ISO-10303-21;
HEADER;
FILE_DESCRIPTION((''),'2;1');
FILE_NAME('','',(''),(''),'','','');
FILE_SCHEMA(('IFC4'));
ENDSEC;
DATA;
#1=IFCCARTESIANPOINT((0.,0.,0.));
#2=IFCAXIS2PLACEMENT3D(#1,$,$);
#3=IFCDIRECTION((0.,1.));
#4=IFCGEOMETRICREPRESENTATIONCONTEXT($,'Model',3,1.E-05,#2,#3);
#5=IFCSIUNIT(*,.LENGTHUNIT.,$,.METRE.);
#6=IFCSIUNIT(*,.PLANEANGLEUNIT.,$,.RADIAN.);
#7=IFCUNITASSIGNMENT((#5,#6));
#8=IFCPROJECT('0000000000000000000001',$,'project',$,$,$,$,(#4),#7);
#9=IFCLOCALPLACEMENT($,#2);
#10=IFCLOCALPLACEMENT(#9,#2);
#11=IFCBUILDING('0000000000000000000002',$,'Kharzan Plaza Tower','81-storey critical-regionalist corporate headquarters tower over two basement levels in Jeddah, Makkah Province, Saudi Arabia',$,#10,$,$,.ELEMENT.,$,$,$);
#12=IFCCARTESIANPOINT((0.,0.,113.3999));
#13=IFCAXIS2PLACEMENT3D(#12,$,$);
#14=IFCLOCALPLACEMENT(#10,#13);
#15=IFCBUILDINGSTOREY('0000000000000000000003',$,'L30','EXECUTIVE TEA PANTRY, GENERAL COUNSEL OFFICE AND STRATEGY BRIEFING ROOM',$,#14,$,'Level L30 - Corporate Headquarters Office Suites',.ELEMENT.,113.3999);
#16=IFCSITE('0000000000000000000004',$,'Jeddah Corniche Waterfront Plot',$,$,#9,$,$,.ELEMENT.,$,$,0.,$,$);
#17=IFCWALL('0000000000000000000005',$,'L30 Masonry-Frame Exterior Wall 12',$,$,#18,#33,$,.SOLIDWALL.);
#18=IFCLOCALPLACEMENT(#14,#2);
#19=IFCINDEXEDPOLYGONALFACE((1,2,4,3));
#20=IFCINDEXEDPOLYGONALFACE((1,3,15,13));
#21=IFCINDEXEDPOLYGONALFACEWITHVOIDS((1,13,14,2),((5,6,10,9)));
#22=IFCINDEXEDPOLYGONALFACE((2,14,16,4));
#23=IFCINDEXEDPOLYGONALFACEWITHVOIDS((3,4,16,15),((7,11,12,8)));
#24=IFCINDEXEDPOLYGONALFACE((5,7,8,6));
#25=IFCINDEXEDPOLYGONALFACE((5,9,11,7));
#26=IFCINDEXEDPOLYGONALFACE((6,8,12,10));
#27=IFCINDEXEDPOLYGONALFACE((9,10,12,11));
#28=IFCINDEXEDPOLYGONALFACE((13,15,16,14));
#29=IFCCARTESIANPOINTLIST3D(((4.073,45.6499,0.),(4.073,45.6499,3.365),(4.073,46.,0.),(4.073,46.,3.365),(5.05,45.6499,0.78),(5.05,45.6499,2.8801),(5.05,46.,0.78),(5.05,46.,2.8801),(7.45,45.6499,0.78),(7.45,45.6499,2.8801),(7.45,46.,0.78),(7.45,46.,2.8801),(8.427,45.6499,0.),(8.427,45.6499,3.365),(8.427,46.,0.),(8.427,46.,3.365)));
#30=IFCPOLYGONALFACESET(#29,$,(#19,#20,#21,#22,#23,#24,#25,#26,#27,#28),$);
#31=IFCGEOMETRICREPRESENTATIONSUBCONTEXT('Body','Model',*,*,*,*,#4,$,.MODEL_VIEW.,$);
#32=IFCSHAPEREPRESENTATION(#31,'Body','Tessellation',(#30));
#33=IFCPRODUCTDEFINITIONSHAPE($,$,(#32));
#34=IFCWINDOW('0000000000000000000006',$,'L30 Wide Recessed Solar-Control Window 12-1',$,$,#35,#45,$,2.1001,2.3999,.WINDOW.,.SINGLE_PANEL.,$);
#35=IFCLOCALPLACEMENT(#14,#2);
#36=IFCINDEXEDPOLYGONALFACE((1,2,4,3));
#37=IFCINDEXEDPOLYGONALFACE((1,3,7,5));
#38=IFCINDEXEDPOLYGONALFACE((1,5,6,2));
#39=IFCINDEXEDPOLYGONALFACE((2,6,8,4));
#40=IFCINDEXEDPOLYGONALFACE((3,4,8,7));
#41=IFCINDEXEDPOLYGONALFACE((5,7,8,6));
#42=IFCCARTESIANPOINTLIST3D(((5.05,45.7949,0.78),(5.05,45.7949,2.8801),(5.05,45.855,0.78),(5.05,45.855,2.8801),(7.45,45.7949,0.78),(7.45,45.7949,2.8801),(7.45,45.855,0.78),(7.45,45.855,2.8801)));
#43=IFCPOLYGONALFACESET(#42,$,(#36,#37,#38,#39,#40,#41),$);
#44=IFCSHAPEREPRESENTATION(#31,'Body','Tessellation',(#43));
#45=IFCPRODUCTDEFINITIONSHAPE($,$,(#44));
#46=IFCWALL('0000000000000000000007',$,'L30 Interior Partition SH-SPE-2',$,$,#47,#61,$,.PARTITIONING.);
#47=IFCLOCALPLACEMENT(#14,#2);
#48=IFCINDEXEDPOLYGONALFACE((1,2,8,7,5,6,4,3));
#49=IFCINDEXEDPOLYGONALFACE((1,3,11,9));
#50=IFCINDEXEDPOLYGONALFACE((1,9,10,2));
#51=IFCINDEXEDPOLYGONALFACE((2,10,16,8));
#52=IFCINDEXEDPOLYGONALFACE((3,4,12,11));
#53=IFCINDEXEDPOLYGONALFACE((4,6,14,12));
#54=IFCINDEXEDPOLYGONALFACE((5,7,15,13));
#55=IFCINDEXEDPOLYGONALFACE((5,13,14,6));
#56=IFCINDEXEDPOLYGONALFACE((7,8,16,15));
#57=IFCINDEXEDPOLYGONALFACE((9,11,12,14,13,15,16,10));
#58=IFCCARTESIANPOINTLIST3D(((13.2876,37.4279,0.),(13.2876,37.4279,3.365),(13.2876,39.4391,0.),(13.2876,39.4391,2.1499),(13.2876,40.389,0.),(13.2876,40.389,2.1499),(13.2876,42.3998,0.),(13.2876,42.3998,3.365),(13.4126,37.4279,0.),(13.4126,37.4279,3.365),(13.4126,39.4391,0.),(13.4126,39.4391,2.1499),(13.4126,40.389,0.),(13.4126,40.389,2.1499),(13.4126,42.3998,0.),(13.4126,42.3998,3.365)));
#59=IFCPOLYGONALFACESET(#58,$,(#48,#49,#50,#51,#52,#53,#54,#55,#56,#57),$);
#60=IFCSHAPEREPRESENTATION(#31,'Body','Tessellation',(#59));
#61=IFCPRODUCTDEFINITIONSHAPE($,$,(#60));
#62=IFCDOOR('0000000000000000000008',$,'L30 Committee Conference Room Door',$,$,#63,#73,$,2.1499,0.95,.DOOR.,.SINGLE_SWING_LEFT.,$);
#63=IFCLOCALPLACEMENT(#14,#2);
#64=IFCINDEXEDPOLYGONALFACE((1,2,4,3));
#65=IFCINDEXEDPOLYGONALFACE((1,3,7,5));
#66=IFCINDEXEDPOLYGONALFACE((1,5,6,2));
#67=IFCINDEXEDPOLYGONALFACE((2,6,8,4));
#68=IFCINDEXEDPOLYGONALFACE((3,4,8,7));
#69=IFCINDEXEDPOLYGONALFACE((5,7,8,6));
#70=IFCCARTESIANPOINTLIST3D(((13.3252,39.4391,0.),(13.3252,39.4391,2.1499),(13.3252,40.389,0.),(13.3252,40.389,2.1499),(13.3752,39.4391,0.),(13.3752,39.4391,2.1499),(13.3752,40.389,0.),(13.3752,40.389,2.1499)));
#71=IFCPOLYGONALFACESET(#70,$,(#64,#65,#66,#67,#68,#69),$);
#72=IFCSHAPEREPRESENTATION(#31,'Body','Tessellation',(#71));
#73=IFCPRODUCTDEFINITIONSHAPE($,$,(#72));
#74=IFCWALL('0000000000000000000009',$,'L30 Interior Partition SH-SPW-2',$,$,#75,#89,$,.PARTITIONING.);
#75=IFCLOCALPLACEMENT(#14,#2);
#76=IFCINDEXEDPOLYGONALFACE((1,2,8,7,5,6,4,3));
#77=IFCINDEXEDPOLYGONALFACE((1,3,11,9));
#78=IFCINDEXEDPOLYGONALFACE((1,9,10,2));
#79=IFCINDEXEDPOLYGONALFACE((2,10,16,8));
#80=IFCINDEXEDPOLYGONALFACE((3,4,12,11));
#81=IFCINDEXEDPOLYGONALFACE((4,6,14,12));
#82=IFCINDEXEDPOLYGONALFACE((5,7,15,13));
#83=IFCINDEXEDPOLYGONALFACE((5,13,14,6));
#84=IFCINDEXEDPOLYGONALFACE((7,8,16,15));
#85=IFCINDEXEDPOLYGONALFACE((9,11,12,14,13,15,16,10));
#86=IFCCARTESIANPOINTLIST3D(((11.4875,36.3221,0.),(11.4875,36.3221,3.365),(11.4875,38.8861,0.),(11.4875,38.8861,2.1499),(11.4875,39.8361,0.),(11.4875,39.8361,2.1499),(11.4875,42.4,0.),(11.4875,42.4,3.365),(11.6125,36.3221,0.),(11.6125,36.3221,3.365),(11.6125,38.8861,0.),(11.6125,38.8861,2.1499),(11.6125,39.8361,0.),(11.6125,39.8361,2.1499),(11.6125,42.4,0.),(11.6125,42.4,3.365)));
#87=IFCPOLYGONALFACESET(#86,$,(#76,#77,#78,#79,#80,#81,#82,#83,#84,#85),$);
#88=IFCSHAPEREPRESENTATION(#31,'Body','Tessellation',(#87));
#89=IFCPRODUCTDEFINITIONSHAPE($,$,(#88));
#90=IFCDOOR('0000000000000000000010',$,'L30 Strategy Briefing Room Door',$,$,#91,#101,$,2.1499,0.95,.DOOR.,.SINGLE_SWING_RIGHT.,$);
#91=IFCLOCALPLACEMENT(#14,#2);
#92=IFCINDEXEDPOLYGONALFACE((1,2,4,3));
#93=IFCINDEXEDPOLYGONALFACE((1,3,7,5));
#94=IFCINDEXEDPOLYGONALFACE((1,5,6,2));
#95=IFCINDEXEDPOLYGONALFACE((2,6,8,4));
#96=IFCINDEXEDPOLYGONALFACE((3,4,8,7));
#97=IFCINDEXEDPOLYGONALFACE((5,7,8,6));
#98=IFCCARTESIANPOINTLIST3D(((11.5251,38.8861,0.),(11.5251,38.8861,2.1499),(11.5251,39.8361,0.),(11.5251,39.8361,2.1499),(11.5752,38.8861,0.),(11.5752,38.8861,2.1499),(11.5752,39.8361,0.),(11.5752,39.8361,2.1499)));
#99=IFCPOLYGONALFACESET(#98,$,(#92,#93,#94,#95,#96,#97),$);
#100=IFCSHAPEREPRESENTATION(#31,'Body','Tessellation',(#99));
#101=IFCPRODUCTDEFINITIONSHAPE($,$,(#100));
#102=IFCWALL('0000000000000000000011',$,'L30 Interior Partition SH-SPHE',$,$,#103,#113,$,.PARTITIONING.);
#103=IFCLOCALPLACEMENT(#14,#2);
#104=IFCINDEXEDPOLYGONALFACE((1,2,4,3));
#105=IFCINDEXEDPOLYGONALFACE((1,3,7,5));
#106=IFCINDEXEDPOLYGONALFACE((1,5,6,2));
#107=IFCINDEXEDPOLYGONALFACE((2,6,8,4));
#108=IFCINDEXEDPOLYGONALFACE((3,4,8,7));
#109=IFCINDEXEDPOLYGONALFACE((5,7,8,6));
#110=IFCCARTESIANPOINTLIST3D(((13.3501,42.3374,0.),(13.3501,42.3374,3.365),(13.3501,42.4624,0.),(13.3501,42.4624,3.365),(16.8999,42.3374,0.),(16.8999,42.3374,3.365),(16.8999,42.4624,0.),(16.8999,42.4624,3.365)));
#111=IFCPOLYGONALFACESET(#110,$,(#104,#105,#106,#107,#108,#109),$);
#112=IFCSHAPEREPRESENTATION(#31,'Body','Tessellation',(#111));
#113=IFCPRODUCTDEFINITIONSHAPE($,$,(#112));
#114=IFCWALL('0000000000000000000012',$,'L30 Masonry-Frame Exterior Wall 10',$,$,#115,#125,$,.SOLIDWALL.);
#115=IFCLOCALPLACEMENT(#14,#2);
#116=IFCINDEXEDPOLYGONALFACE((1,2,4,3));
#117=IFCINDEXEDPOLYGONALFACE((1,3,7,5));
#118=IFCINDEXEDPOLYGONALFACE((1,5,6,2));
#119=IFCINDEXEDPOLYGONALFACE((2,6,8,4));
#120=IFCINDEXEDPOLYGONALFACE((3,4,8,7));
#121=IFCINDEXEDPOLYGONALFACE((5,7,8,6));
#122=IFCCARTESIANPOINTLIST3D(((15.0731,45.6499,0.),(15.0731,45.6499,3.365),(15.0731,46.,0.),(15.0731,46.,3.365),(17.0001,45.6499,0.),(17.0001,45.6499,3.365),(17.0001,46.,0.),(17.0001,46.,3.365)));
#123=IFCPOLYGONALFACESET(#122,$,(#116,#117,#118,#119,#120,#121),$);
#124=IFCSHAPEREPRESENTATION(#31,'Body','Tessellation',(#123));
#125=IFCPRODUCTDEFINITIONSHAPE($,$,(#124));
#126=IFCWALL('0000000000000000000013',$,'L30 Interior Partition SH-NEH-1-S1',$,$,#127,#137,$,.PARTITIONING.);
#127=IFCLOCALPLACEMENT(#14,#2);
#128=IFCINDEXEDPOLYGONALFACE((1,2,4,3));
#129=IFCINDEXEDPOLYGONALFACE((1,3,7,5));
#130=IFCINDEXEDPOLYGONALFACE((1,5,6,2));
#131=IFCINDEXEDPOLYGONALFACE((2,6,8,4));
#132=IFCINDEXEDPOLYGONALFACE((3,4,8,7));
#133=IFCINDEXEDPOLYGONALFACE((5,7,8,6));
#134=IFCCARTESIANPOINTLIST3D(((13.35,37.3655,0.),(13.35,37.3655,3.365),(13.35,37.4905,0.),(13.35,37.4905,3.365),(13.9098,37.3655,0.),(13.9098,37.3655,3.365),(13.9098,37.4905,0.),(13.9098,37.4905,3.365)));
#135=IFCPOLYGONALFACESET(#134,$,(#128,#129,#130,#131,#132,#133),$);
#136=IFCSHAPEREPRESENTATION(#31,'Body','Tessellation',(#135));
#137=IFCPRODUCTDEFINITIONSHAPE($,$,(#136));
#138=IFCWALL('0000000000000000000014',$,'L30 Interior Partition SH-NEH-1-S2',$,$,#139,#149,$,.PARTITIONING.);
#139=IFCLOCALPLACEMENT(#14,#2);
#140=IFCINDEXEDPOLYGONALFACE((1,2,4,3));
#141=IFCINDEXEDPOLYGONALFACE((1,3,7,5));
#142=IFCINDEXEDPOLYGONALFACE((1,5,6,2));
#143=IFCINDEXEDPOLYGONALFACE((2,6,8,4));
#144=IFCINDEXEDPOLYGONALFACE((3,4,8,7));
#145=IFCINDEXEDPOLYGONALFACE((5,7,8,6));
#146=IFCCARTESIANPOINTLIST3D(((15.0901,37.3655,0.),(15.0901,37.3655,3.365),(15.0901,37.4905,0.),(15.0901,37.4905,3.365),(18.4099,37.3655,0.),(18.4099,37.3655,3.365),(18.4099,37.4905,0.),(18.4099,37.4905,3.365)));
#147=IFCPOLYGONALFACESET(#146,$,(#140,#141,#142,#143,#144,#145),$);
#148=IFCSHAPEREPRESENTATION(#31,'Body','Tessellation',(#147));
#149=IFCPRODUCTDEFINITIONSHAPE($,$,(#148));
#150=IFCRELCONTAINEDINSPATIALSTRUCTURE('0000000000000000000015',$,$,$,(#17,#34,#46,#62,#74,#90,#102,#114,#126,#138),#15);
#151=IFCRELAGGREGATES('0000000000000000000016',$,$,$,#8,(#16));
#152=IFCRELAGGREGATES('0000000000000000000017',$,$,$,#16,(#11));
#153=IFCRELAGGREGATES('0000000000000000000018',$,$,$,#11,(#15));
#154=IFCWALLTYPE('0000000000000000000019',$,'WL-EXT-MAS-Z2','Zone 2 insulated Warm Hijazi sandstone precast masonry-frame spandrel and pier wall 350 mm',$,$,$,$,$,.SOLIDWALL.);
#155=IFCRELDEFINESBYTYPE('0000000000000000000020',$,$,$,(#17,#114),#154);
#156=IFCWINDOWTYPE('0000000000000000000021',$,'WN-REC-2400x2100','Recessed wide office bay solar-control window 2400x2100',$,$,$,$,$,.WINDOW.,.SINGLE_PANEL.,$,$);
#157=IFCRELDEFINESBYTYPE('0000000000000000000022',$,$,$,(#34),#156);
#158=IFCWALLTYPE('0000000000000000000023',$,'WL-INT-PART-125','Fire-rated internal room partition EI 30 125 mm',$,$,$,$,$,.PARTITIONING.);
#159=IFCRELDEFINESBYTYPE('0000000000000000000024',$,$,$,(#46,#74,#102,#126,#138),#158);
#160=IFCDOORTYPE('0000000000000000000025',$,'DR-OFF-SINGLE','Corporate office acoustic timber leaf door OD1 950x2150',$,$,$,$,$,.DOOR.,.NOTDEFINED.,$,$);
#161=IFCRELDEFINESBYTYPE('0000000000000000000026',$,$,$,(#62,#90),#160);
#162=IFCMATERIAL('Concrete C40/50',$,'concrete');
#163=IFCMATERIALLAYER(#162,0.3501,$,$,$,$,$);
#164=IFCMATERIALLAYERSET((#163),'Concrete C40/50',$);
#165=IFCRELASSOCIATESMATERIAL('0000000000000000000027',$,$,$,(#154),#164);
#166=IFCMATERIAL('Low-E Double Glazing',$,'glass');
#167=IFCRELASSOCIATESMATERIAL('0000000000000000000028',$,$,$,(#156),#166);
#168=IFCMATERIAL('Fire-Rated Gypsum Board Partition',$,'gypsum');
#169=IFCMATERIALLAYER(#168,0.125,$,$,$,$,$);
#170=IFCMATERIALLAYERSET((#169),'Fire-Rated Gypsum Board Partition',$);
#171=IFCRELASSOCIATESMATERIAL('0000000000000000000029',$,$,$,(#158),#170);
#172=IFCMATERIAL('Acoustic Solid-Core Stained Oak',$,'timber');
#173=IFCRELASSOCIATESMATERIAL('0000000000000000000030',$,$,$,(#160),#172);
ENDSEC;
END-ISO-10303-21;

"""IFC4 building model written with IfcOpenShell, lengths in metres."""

from ifc_helpers import new_model, si_unit, direction, frame, frame_2d, origin, place, context, subcontext, project, spatial, rectangle, extrude, source, transform, mapped, material, layer, layer_set, type_object, element, fill, save


model = new_model("IFC4")

# Units and contexts
model_context = context("Model", 3, precision=1e-05, world=origin(), true_north=direction((0.0, 1.0)))
body_context = subcontext(model_context, "Body", "Model", "MODEL_VIEW")
ifc_project = project(units=[si_unit("LENGTHUNIT", "METRE"), si_unit("PLANEANGLEUNIT", "RADIAN")], contexts=[model_context])

# Site, building, storey
site_placement = place(None, origin())
site = spatial("IfcSite", under=ifc_project, at=site_placement, Name="Jeddah Corniche Waterfront Plot", CompositionType="ELEMENT", RefElevation=0.0)
building_placement = place(site_placement, origin())
building = spatial("IfcBuilding", under=site, at=building_placement, Name="Kharzan Plaza Tower", Description="81-storey critical-regionalist corporate headquarters tower over two basement levels in Jeddah, Makkah Province, Saudi Arabia", CompositionType="ELEMENT")
storey_placement = place(building_placement, frame((0.0, 0.0, 113.3999)))
storey = spatial("IfcBuildingStorey", under=building, at=storey_placement, Name="L30", Description="EXECUTIVE TEA PANTRY, GENERAL COUNSEL OFFICE AND STRATEGY BRIEFING ROOM", LongName="Level L30 - Corporate Headquarters Office Suites", CompositionType="ELEMENT", Elevation=113.3999)

# Wall, opening, window
ifc_material_1 = material(Name="Concrete C40/50", Category="concrete")
ifc_layer_1 = layer(ifc_material_1, 0.3501)
ifc_layer_set_1 = layer_set([ifc_layer_1], Name="Concrete C40/50")
wall_type_1 = type_object("IfcWallType", Name="WL-EXT-MAS-Z2", Description="Zone 2 insulated Warm Hijazi sandstone precast masonry-frame spandrel and pier wall 350 mm", PredefinedType="SOLIDWALL", material=ifc_layer_set_1)
ifc_material_2 = material(Name="Low-E Double Glazing", Category="glass")
window_type_1 = type_object("IfcWindowType", Name="WN-REC-2400x2100", Description="Recessed wide office bay solar-control window 2400x2100", PartitioningType="SINGLE_PANEL", PredefinedType="WINDOW", material=ifc_material_2)
shared_shape_1 = source(origin(), body_context, "Body", "SweptSolid", [
    extrude(rectangle(XDim=2.3999, YDim=2.1001, at=frame_2d((1.2, 1.05))), frame((0.0, 0.03, 0.0), z_axis=(0.0, -1.0, 0.0), x_axis=(1.0, 0.0, 0.0)), (0.0, 0.0, 1.0), 0.0601),
])
wall_1_placement = place(storey_placement, frame((8.427, 45.825, 0.0), z_axis=(0.0, 0.0, 1.0), x_axis=(-1.0, 0.0, 0.0)))
wall_1 = element("IfcWall", 1, at=wall_1_placement, inside=storey, type_object=wall_type_1, Name="L30 Masonry-Frame Exterior Wall 12", PredefinedType="SOLIDWALL", context=body_context, shape_type="SweptSolid", body=[
    extrude(rectangle(XDim=4.354, YDim=0.3501, at=frame_2d((2.177, 0.0))), origin(), (0.0, 0.0, 1.0), 3.365),
])
opening_1_placement = place(wall_1_placement, frame((0.9771, 0.0, 0.78)))
opening_1 = element("IfcOpeningElement", 2, at=opening_1_placement, cuts=wall_1, PredefinedType="OPENING", context=body_context, shape_type="SweptSolid", body=[
    extrude(rectangle(XDim=2.3999, YDim=2.1001, at=frame_2d((1.2, 1.05))), frame((0.0, 0.1851, 0.0), z_axis=(0.0, -1.0, 0.0), x_axis=(1.0, 0.0, 0.0)), (0.0, 0.0, 1.0), 0.3701),
])
window_1_placement = place(opening_1_placement, origin())
window_1 = element("IfcWindow", 3, at=window_1_placement, inside=storey, type_object=window_type_1, Name="L30 Wide Recessed Solar-Control Window 12-1", OverallHeight=2.1001, OverallWidth=2.3999, PartitioningType="SINGLE_PANEL", PredefinedType="WINDOW", context=body_context, shape_type="MappedRepresentation", body=[
    mapped(shared_shape_1, transform((0.0, 0.0, 0.0), x_axis=(1.0, 0.0, 0.0), y_axis=(0.0, 1.0, 0.0), z_axis=(0.0, 0.0, 1.0))),
])
fill(opening_1, window_1)

# Walls, openings, doors
ifc_material_3 = material(Name="Fire-Rated Gypsum Board Partition", Category="gypsum")
ifc_layer_2 = layer(ifc_material_3, 0.125)
ifc_layer_set_2 = layer_set([ifc_layer_2], Name="Fire-Rated Gypsum Board Partition")
wall_type_2 = type_object("IfcWallType", Name="WL-INT-PART-125", Description="Fire-rated internal room partition EI 30 125 mm", PredefinedType="PARTITIONING", material=ifc_layer_set_2)
wall_2_placement = place(storey_placement, frame((13.3501, 37.428, 0.0), z_axis=(0.0, 0.0, 1.0), x_axis=(0.0, 1.0, 0.0)))
wall_2 = element("IfcWall", 4, at=wall_2_placement, inside=storey, type_object=wall_type_2, Name="L30 Interior Partition SH-SPE-2", PredefinedType="PARTITIONING", context=body_context, shape_type="SweptSolid", body=[
    extrude(rectangle(XDim=4.9719, YDim=0.125, at=frame_2d((2.4858, 0.0))), origin(), (0.0, 0.0, 1.0), 3.365),
])
opening_2_placement = place(wall_2_placement, frame((2.011, 0.0, 0.0)))
opening_2 = element("IfcOpeningElement", 5, at=opening_2_placement, cuts=wall_2, PredefinedType="OPENING", context=body_context, shape_type="SweptSolid", body=[
    extrude(rectangle(XDim=0.95, YDim=2.1499, at=frame_2d((0.4751, 1.075))), frame((0.0, 0.0725, 0.0), z_axis=(0.0, -1.0, 0.0), x_axis=(1.0, 0.0, 0.0)), (0.0, 0.0, 1.0), 0.145),
])
ifc_material_4 = material(Name="Acoustic Solid-Core Stained Oak", Category="timber")
door_type = type_object("IfcDoorType", Name="DR-OFF-SINGLE", Description="Corporate office acoustic timber leaf door OD1 950x2150", OperationType="NOTDEFINED", PredefinedType="DOOR", material=ifc_material_4)
shared_shape_2 = source(origin(), body_context, "Body", "SweptSolid", [
    extrude(rectangle(XDim=0.95, YDim=2.1499, at=frame_2d((0.4751, 1.075))), frame((0.0, 0.0249, 0.0), z_axis=(0.0, -1.0, 0.0), x_axis=(1.0, 0.0, 0.0)), (0.0, 0.0, 1.0), 0.05),
])
door_1_placement = place(opening_2_placement, origin())
door_1 = element("IfcDoor", 6, at=door_1_placement, inside=storey, type_object=door_type, Name="L30 Committee Conference Room Door", OperationType="SINGLE_SWING_LEFT", OverallHeight=2.1499, OverallWidth=0.95, PredefinedType="DOOR", context=body_context, shape_type="MappedRepresentation", body=[
    mapped(shared_shape_2, transform((0.0, 0.0, 0.0), x_axis=(1.0, 0.0, 0.0), y_axis=(0.0, 1.0, 0.0), z_axis=(0.0, 0.0, 1.0))),
])
fill(opening_2, door_1)
wall_3_placement = place(storey_placement, frame((11.55, 36.322, 0.0), z_axis=(0.0, 0.0, 1.0), x_axis=(0.0, 1.0, 0.0)))
wall_3 = element("IfcWall", 7, at=wall_3_placement, inside=storey, type_object=wall_type_2, Name="L30 Interior Partition SH-SPW-2", PredefinedType="PARTITIONING", context=body_context, shape_type="SweptSolid", body=[
    extrude(rectangle(XDim=6.0779, YDim=0.125, at=frame_2d((3.0391, 0.0))), origin(), (0.0, 0.0, 1.0), 3.365),
])
opening_3_placement = place(wall_3_placement, frame((2.564, 0.0, 0.0)))
opening_3 = element("IfcOpeningElement", 8, at=opening_3_placement, cuts=wall_3, PredefinedType="OPENING", context=body_context, shape_type="SweptSolid", body=[
    extrude(rectangle(XDim=0.95, YDim=2.1499, at=frame_2d((0.4751, 1.075))), frame((0.0, 0.0725, 0.0), z_axis=(0.0, -1.0, 0.0), x_axis=(1.0, 0.0, 0.0)), (0.0, 0.0, 1.0), 0.145),
])
door_2_placement = place(opening_3_placement, origin())
door_2 = element("IfcDoor", 9, at=door_2_placement, inside=storey, type_object=door_type, Name="L30 Strategy Briefing Room Door", OperationType="SINGLE_SWING_RIGHT", OverallHeight=2.1499, OverallWidth=0.95, PredefinedType="DOOR", context=body_context, shape_type="MappedRepresentation", body=[
    mapped(shared_shape_2, transform((0.0, 0.0, 0.0), x_axis=(1.0, 0.0, 0.0), y_axis=(0.0, 1.0, 0.0), z_axis=(0.0, 0.0, 1.0))),
])
fill(opening_3, door_2)

# Walls
shared_shape_3 = source(origin(), body_context, "Body", "SweptSolid", [
    extrude(rectangle(XDim=3.5498, YDim=0.125, at=frame_2d((1.7749, 0.0))), origin(), (0.0, 0.0, 1.0), 3.365),
])
wall_4_placement = place(storey_placement, frame((13.3501, 42.3999, 0.0), z_axis=(0.0, 0.0, 1.0), x_axis=(1.0, 0.0, 0.0)))
element("IfcWall", 10, at=wall_4_placement, inside=storey, type_object=wall_type_2, Name="L30 Interior Partition SH-SPHE", PredefinedType="PARTITIONING", context=body_context, shape_type="MappedRepresentation", body=[
    mapped(shared_shape_3, transform((0.0, 0.0, 0.0), x_axis=(1.0, 0.0, 0.0), y_axis=(0.0, 1.0, 0.0), z_axis=(0.0, 0.0, 1.0))),
])
shared_shape_4 = source(origin(), body_context, "Body", "SweptSolid", [
    extrude(rectangle(XDim=1.927, YDim=0.3501, at=frame_2d((0.9634, 0.0))), origin(), (0.0, 0.0, 1.0), 3.365),
])
wall_5_placement = place(storey_placement, frame((17.0, 45.825, 0.0), z_axis=(0.0, 0.0, 1.0), x_axis=(-1.0, 0.0, 0.0)))
element("IfcWall", 11, at=wall_5_placement, inside=storey, type_object=wall_type_1, Name="L30 Masonry-Frame Exterior Wall 10", PredefinedType="SOLIDWALL", context=body_context, shape_type="MappedRepresentation", body=[
    mapped(shared_shape_4, transform((0.0, 0.0, 0.0), x_axis=(1.0, 0.0, 0.0), y_axis=(0.0, 1.0, 0.0), z_axis=(0.0, 0.0, 1.0))),
])
shared_shape_5 = source(origin(), body_context, "Body", "SweptSolid", [
    extrude(rectangle(XDim=0.5598, YDim=0.125, at=frame_2d((0.2798, 0.0))), origin(), (0.0, 0.0, 1.0), 3.365),
])
wall_6_placement = place(storey_placement, frame((13.3501, 37.428, 0.0), z_axis=(0.0, 0.0, 1.0), x_axis=(1.0, 0.0, 0.0)))
element("IfcWall", 12, at=wall_6_placement, inside=storey, type_object=wall_type_2, Name="L30 Interior Partition SH-NEH-1-S1", PredefinedType="PARTITIONING", context=body_context, shape_type="MappedRepresentation", body=[
    mapped(shared_shape_5, transform((0.0, 0.0, 0.0), x_axis=(1.0, 0.0, 0.0), y_axis=(0.0, 1.0, 0.0), z_axis=(0.0, 0.0, 1.0))),
])
shared_shape_6 = source(origin(), body_context, "Body", "SweptSolid", [
    extrude(rectangle(XDim=3.3198, YDim=0.125, at=frame_2d((1.6599, 0.0))), origin(), (0.0, 0.0, 1.0), 3.365),
])
wall_7_placement = place(storey_placement, frame((15.0901, 37.428, 0.0), z_axis=(0.0, 0.0, 1.0), x_axis=(1.0, 0.0, 0.0)))
element("IfcWall", 13, at=wall_7_placement, inside=storey, type_object=wall_type_2, Name="L30 Interior Partition SH-NEH-1-S2", PredefinedType="PARTITIONING", context=body_context, shape_type="MappedRepresentation", body=[
    mapped(shared_shape_6, transform((0.0, 0.0, 0.0), x_axis=(1.0, 0.0, 0.0), y_axis=(0.0, 1.0, 0.0), z_axis=(0.0, 0.0, 1.0))),
])

save(model, "model.ifc")
